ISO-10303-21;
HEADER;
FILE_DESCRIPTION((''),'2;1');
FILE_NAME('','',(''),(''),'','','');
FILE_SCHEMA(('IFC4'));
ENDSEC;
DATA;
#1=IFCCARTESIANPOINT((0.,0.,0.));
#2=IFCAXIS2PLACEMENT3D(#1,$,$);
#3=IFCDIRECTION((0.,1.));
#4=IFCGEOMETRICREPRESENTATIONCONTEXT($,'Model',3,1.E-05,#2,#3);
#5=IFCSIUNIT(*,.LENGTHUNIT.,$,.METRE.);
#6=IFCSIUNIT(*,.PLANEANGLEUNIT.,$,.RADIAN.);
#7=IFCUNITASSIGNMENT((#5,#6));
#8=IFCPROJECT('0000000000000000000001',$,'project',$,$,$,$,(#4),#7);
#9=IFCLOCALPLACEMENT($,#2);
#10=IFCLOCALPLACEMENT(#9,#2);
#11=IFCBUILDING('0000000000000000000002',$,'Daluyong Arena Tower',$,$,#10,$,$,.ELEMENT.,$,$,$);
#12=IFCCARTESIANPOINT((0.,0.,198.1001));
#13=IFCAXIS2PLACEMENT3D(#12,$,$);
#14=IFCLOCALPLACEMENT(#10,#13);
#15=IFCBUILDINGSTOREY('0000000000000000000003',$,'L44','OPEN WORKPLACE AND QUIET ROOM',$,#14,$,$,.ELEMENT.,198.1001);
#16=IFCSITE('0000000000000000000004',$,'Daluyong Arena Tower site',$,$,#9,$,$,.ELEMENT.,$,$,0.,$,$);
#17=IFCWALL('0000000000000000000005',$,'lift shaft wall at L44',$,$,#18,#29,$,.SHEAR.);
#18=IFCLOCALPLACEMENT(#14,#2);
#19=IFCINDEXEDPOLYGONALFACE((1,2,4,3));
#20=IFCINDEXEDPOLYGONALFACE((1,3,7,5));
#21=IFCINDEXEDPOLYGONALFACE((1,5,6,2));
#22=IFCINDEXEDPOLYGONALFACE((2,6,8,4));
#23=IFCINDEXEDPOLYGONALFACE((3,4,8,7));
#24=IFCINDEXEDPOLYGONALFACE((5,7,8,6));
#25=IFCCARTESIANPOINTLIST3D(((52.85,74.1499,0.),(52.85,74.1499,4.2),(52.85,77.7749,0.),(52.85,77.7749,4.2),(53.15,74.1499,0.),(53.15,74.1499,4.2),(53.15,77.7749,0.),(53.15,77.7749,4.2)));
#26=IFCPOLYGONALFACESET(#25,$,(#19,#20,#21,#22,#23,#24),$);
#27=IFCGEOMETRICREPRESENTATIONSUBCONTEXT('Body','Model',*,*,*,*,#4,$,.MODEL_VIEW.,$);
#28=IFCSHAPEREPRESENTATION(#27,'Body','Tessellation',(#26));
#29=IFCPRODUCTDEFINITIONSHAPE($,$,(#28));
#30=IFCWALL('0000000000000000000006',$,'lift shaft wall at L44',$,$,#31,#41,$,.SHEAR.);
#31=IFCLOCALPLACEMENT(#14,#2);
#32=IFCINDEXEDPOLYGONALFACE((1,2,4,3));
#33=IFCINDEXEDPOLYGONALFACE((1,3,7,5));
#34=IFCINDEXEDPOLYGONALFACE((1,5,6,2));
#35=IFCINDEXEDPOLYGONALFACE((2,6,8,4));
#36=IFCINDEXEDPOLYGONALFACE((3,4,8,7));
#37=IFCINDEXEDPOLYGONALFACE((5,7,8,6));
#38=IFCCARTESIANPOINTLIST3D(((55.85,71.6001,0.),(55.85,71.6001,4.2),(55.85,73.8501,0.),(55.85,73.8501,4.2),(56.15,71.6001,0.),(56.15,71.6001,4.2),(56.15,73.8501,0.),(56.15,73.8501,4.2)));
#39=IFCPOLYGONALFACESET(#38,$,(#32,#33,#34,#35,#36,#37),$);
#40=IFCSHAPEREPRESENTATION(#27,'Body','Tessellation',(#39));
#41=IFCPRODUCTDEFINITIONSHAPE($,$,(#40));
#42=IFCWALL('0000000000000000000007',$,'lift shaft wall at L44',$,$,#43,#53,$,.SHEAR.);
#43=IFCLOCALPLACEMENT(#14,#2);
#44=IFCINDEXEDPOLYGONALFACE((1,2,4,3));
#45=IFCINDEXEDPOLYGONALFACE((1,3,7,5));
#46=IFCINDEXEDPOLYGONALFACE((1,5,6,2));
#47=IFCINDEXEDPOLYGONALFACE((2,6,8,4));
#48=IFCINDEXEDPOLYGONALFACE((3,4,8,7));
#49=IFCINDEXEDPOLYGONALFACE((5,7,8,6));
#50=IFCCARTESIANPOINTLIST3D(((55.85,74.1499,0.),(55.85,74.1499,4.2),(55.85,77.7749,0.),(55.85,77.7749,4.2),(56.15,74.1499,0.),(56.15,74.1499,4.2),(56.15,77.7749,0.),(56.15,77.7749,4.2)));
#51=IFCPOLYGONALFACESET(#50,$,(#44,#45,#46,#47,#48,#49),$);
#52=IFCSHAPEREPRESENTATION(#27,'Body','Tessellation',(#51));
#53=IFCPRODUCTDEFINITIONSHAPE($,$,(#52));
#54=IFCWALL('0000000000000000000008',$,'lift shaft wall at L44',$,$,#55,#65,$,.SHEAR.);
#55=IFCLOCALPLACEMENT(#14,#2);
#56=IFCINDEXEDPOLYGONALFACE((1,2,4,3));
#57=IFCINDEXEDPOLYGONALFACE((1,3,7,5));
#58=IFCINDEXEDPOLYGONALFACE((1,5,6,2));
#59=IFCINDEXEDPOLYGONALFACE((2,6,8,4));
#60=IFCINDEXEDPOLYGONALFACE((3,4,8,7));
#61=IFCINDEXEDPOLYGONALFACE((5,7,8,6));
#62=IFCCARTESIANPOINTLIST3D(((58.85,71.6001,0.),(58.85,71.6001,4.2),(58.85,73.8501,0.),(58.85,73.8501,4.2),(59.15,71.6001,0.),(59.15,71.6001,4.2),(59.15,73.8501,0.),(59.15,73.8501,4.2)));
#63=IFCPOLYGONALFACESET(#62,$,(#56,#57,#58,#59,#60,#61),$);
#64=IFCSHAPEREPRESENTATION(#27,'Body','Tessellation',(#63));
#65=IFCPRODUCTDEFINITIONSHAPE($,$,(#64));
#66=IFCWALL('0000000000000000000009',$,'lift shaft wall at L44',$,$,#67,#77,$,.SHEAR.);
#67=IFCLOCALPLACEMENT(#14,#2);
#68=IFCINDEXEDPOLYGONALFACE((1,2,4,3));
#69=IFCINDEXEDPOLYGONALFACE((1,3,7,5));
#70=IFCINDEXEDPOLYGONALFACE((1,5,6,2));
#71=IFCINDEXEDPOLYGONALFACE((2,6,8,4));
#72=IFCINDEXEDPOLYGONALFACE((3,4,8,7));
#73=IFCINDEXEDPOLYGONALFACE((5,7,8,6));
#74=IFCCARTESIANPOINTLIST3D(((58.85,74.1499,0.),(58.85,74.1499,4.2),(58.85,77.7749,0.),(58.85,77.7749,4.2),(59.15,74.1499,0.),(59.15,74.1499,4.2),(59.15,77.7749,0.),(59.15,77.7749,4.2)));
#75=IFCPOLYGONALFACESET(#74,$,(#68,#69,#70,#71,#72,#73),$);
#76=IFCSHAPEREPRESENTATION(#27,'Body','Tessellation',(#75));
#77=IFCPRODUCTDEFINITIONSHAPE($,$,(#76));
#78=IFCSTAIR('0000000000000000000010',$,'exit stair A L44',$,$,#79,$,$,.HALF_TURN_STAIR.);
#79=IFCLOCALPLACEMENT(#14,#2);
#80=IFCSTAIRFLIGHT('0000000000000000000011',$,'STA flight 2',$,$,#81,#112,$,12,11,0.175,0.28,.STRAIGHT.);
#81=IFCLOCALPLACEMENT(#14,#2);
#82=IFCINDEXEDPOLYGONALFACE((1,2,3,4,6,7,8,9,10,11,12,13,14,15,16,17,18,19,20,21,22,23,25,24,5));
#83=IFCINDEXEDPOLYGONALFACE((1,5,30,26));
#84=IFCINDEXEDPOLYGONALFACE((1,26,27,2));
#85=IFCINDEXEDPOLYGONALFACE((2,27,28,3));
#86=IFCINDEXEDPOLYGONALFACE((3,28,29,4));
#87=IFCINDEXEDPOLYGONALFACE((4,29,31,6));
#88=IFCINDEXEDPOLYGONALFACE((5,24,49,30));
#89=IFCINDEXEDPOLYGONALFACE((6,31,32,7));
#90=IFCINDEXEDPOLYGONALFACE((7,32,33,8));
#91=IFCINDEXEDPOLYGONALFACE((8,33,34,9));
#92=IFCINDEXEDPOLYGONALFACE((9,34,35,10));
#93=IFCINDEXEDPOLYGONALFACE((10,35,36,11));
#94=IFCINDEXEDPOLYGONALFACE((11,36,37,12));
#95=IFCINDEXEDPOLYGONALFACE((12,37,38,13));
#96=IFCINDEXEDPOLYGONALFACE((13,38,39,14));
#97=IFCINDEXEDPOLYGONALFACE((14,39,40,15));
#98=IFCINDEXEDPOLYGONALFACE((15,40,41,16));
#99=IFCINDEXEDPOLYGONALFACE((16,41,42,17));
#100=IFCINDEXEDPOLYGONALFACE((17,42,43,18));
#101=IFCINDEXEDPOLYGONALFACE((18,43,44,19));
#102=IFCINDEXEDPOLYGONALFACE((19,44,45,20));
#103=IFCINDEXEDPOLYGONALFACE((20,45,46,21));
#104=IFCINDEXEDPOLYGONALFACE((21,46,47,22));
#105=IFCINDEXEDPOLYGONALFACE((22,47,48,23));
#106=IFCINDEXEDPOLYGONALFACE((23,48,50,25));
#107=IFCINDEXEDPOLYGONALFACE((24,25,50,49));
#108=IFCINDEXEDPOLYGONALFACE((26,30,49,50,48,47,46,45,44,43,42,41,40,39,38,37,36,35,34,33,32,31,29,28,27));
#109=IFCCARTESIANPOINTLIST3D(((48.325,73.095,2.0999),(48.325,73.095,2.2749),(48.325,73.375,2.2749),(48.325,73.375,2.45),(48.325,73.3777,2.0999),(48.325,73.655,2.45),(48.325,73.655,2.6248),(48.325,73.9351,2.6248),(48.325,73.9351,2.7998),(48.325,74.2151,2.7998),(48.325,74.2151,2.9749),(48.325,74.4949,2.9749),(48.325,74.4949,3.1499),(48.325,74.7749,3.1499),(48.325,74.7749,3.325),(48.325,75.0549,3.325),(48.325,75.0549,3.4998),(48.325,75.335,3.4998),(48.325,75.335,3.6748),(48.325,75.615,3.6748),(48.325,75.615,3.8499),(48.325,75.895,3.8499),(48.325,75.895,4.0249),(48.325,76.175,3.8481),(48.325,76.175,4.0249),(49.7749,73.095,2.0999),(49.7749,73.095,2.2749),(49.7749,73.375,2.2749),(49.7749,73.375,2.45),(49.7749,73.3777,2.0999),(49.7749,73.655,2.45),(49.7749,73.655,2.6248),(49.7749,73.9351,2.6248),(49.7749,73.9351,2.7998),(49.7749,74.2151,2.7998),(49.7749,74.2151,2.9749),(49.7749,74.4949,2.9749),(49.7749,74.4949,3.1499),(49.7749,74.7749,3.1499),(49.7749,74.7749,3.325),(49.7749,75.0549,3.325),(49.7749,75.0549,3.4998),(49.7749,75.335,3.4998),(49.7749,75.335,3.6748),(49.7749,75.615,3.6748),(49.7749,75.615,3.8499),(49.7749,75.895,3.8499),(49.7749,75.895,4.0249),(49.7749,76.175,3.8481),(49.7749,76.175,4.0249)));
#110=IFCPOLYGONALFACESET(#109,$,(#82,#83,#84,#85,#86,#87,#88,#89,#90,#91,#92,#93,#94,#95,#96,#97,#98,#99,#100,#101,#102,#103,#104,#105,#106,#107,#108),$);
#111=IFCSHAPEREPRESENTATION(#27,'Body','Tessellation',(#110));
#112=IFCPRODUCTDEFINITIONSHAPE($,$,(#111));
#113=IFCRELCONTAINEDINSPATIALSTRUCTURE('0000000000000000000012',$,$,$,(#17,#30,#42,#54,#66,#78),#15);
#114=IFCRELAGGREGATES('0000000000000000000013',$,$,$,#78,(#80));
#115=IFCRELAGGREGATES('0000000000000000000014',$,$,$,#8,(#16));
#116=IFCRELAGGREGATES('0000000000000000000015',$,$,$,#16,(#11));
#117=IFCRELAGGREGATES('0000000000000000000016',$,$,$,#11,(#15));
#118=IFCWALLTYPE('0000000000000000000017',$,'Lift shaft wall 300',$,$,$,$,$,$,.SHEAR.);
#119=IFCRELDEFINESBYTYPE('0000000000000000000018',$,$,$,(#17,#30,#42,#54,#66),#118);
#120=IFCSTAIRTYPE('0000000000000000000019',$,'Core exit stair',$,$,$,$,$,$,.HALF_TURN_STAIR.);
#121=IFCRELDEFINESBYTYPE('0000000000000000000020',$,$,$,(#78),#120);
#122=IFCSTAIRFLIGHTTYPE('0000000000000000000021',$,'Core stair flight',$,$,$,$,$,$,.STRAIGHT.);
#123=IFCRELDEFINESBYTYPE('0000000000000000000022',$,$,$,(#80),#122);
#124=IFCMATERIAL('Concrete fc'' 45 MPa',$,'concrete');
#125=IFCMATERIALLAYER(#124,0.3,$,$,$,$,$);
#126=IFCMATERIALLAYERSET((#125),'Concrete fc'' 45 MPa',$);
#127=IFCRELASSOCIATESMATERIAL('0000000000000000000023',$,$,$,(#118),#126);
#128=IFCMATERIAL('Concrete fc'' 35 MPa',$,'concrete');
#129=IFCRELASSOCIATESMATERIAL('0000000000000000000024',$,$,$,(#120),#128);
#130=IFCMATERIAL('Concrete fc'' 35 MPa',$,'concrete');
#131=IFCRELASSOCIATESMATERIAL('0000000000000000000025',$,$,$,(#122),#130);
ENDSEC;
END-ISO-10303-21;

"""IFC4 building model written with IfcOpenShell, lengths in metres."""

from ifc_helpers import new_model, si_unit, direction, frame, frame_2d, origin, place, context, subcontext, project, spatial, polyline, rectangle, outline, extrude, material, layer, layer_set, type_object, element, aggregate, save


model = new_model("IFC4")

# Units and contexts
model_context = context("Model", 3, precision=1e-05, world=origin(), true_north=direction((0.0, 1.0)))
body_context = subcontext(model_context, "Body", "Model", "MODEL_VIEW")
ifc_project = project(units=[si_unit("LENGTHUNIT", "METRE"), si_unit("PLANEANGLEUNIT", "RADIAN")], contexts=[model_context])

# Site, building, storey
site_placement = place(None, origin())
site = spatial("IfcSite", under=ifc_project, at=site_placement, Name="Daluyong Arena Tower site", CompositionType="ELEMENT", RefElevation=0.0)
building_placement = place(site_placement, origin())
building = spatial("IfcBuilding", under=site, at=building_placement, Name="Daluyong Arena Tower", CompositionType="ELEMENT")
storey_placement = place(building_placement, frame((0.0, 0.0, 198.1001)))
storey = spatial("IfcBuildingStorey", under=building, at=storey_placement, Name="L44", Description="OPEN WORKPLACE AND QUIET ROOM", CompositionType="ELEMENT", Elevation=198.1001)

# Walls
ifc_material_1 = material(Name="Concrete fc' 45 MPa", Category="concrete")
ifc_layer_1 = layer(ifc_material_1, 0.3)
ifc_layer_set_1 = layer_set([ifc_layer_1], Name="Concrete fc' 45 MPa")
wall_type_1 = type_object("IfcWallType", Name="Lift shaft wall 300", PredefinedType="SHEAR", material=ifc_layer_set_1)
wall_1_placement = place(storey_placement, frame((53.0, 74.1499, 0.0), z_axis=(0.0, 0.0, 1.0), x_axis=(0.0, 1.0, 0.0)))
element("IfcWall", 1, at=wall_1_placement, inside=storey, type_object=wall_type_1, Name="lift shaft wall at L44", PredefinedType="SHEAR", context=body_context, shape_type="SweptSolid", body=[
    extrude(rectangle(XDim=3.625, YDim=0.3, at=frame_2d((1.8125, 0.0))), origin(), (0.0, 0.0, 1.0), 4.2),
])
wall_2_placement = place(storey_placement, frame((56.0, 71.6001, 0.0), z_axis=(0.0, 0.0, 1.0), x_axis=(0.0, 1.0, 0.0)))
element("IfcWall", 2, at=wall_2_placement, inside=storey, type_object=wall_type_1, Name="lift shaft wall at L44", PredefinedType="SHEAR", context=body_context, shape_type="SweptSolid", body=[
    extrude(rectangle(XDim=2.25, YDim=0.3, at=frame_2d((1.125, 0.0))), origin(), (0.0, 0.0, 1.0), 4.2),
])
wall_3_placement = place(storey_placement, frame((56.0, 74.1499, 0.0), z_axis=(0.0, 0.0, 1.0), x_axis=(0.0, 1.0, 0.0)))
element("IfcWall", 3, at=wall_3_placement, inside=storey, type_object=wall_type_1, Name="lift shaft wall at L44", PredefinedType="SHEAR", context=body_context, shape_type="SweptSolid", body=[
    extrude(rectangle(XDim=3.625, YDim=0.3, at=frame_2d((1.8125, 0.0))), origin(), (0.0, 0.0, 1.0), 4.2),
])
wall_4_placement = place(storey_placement, frame((59.0, 71.6001, 0.0), z_axis=(0.0, 0.0, 1.0), x_axis=(0.0, 1.0, 0.0)))
element("IfcWall", 4, at=wall_4_placement, inside=storey, type_object=wall_type_1, Name="lift shaft wall at L44", PredefinedType="SHEAR", context=body_context, shape_type="SweptSolid", body=[
    extrude(rectangle(XDim=2.25, YDim=0.3, at=frame_2d((1.125, 0.0))), origin(), (0.0, 0.0, 1.0), 4.2),
])
wall_5_placement = place(storey_placement, frame((59.0, 74.1499, 0.0), z_axis=(0.0, 0.0, 1.0), x_axis=(0.0, 1.0, 0.0)))
element("IfcWall", 5, at=wall_5_placement, inside=storey, type_object=wall_type_1, Name="lift shaft wall at L44", PredefinedType="SHEAR", context=body_context, shape_type="SweptSolid", body=[
    extrude(rectangle(XDim=3.625, YDim=0.3, at=frame_2d((1.8125, 0.0))), origin(), (0.0, 0.0, 1.0), 4.2),
])

# Stair, stair flight
ifc_material_2 = material(Name="Concrete fc' 35 MPa", Category="concrete")
stair_type = type_object("IfcStairType", Name="Core exit stair", PredefinedType="HALF_TURN_STAIR", material=ifc_material_2)
stair_placement = place(storey_placement, origin())
stair = element("IfcStair", 6, at=stair_placement, inside=storey, type_object=stair_type, Name="exit stair A L44", PredefinedType="HALF_TURN_STAIR")
ifc_material_3 = material(Name="Concrete fc' 35 MPa", Category="concrete")
stair_flight_type = type_object("IfcStairFlightType", Name="Core stair flight", PredefinedType="STRAIGHT", material=ifc_material_3)
stair_flight_placement = place(storey_placement, frame((49.05, 73.095, 2.0999), z_axis=(0.0, 0.0, 1.0), x_axis=(0.0, 1.0, 0.0)))
stair_flight = element("IfcStairFlight", 7, at=stair_flight_placement, type_object=stair_flight_type, Name="STA flight 2", NumberOfRisers=12, NumberOfTreads=11, PredefinedType="STRAIGHT", RiserHeight=0.175, TreadLength=0.28, context=body_context, shape_type="SweptSolid", body=[
    extrude(outline(polyline([(0.0, 0.0), (0.0, 0.175), (0.28, 0.175), (0.28, 0.3501), (0.5601, 0.3501), (0.5601, 0.5249), (0.8401, 0.5249), (0.8401, 0.7), (1.1201, 0.7), (1.1201, 0.875), (1.3999, 0.875), (1.3999, 1.05), (1.6799, 1.05), (1.6799, 1.2251), (1.96, 1.2251), (1.96, 1.3999), (2.24, 1.3999), (2.24, 1.575), (2.52, 1.575), (2.52, 1.75), (2.8, 1.75), (2.8, 1.925), (3.0801, 1.925), (3.0801, 2.1001), (3.0801, 1.7483), (0.2827, 0.0), (0.0, 0.0)])), frame((0.0, 0.7251, 0.0), z_axis=(0.0, -1.0, 0.0), x_axis=(1.0, 0.0, 0.0)), (0.0, 0.0, 1.0), 1.45),
])
aggregate(stair, [stair_flight])

save(model, "model.ifc")
